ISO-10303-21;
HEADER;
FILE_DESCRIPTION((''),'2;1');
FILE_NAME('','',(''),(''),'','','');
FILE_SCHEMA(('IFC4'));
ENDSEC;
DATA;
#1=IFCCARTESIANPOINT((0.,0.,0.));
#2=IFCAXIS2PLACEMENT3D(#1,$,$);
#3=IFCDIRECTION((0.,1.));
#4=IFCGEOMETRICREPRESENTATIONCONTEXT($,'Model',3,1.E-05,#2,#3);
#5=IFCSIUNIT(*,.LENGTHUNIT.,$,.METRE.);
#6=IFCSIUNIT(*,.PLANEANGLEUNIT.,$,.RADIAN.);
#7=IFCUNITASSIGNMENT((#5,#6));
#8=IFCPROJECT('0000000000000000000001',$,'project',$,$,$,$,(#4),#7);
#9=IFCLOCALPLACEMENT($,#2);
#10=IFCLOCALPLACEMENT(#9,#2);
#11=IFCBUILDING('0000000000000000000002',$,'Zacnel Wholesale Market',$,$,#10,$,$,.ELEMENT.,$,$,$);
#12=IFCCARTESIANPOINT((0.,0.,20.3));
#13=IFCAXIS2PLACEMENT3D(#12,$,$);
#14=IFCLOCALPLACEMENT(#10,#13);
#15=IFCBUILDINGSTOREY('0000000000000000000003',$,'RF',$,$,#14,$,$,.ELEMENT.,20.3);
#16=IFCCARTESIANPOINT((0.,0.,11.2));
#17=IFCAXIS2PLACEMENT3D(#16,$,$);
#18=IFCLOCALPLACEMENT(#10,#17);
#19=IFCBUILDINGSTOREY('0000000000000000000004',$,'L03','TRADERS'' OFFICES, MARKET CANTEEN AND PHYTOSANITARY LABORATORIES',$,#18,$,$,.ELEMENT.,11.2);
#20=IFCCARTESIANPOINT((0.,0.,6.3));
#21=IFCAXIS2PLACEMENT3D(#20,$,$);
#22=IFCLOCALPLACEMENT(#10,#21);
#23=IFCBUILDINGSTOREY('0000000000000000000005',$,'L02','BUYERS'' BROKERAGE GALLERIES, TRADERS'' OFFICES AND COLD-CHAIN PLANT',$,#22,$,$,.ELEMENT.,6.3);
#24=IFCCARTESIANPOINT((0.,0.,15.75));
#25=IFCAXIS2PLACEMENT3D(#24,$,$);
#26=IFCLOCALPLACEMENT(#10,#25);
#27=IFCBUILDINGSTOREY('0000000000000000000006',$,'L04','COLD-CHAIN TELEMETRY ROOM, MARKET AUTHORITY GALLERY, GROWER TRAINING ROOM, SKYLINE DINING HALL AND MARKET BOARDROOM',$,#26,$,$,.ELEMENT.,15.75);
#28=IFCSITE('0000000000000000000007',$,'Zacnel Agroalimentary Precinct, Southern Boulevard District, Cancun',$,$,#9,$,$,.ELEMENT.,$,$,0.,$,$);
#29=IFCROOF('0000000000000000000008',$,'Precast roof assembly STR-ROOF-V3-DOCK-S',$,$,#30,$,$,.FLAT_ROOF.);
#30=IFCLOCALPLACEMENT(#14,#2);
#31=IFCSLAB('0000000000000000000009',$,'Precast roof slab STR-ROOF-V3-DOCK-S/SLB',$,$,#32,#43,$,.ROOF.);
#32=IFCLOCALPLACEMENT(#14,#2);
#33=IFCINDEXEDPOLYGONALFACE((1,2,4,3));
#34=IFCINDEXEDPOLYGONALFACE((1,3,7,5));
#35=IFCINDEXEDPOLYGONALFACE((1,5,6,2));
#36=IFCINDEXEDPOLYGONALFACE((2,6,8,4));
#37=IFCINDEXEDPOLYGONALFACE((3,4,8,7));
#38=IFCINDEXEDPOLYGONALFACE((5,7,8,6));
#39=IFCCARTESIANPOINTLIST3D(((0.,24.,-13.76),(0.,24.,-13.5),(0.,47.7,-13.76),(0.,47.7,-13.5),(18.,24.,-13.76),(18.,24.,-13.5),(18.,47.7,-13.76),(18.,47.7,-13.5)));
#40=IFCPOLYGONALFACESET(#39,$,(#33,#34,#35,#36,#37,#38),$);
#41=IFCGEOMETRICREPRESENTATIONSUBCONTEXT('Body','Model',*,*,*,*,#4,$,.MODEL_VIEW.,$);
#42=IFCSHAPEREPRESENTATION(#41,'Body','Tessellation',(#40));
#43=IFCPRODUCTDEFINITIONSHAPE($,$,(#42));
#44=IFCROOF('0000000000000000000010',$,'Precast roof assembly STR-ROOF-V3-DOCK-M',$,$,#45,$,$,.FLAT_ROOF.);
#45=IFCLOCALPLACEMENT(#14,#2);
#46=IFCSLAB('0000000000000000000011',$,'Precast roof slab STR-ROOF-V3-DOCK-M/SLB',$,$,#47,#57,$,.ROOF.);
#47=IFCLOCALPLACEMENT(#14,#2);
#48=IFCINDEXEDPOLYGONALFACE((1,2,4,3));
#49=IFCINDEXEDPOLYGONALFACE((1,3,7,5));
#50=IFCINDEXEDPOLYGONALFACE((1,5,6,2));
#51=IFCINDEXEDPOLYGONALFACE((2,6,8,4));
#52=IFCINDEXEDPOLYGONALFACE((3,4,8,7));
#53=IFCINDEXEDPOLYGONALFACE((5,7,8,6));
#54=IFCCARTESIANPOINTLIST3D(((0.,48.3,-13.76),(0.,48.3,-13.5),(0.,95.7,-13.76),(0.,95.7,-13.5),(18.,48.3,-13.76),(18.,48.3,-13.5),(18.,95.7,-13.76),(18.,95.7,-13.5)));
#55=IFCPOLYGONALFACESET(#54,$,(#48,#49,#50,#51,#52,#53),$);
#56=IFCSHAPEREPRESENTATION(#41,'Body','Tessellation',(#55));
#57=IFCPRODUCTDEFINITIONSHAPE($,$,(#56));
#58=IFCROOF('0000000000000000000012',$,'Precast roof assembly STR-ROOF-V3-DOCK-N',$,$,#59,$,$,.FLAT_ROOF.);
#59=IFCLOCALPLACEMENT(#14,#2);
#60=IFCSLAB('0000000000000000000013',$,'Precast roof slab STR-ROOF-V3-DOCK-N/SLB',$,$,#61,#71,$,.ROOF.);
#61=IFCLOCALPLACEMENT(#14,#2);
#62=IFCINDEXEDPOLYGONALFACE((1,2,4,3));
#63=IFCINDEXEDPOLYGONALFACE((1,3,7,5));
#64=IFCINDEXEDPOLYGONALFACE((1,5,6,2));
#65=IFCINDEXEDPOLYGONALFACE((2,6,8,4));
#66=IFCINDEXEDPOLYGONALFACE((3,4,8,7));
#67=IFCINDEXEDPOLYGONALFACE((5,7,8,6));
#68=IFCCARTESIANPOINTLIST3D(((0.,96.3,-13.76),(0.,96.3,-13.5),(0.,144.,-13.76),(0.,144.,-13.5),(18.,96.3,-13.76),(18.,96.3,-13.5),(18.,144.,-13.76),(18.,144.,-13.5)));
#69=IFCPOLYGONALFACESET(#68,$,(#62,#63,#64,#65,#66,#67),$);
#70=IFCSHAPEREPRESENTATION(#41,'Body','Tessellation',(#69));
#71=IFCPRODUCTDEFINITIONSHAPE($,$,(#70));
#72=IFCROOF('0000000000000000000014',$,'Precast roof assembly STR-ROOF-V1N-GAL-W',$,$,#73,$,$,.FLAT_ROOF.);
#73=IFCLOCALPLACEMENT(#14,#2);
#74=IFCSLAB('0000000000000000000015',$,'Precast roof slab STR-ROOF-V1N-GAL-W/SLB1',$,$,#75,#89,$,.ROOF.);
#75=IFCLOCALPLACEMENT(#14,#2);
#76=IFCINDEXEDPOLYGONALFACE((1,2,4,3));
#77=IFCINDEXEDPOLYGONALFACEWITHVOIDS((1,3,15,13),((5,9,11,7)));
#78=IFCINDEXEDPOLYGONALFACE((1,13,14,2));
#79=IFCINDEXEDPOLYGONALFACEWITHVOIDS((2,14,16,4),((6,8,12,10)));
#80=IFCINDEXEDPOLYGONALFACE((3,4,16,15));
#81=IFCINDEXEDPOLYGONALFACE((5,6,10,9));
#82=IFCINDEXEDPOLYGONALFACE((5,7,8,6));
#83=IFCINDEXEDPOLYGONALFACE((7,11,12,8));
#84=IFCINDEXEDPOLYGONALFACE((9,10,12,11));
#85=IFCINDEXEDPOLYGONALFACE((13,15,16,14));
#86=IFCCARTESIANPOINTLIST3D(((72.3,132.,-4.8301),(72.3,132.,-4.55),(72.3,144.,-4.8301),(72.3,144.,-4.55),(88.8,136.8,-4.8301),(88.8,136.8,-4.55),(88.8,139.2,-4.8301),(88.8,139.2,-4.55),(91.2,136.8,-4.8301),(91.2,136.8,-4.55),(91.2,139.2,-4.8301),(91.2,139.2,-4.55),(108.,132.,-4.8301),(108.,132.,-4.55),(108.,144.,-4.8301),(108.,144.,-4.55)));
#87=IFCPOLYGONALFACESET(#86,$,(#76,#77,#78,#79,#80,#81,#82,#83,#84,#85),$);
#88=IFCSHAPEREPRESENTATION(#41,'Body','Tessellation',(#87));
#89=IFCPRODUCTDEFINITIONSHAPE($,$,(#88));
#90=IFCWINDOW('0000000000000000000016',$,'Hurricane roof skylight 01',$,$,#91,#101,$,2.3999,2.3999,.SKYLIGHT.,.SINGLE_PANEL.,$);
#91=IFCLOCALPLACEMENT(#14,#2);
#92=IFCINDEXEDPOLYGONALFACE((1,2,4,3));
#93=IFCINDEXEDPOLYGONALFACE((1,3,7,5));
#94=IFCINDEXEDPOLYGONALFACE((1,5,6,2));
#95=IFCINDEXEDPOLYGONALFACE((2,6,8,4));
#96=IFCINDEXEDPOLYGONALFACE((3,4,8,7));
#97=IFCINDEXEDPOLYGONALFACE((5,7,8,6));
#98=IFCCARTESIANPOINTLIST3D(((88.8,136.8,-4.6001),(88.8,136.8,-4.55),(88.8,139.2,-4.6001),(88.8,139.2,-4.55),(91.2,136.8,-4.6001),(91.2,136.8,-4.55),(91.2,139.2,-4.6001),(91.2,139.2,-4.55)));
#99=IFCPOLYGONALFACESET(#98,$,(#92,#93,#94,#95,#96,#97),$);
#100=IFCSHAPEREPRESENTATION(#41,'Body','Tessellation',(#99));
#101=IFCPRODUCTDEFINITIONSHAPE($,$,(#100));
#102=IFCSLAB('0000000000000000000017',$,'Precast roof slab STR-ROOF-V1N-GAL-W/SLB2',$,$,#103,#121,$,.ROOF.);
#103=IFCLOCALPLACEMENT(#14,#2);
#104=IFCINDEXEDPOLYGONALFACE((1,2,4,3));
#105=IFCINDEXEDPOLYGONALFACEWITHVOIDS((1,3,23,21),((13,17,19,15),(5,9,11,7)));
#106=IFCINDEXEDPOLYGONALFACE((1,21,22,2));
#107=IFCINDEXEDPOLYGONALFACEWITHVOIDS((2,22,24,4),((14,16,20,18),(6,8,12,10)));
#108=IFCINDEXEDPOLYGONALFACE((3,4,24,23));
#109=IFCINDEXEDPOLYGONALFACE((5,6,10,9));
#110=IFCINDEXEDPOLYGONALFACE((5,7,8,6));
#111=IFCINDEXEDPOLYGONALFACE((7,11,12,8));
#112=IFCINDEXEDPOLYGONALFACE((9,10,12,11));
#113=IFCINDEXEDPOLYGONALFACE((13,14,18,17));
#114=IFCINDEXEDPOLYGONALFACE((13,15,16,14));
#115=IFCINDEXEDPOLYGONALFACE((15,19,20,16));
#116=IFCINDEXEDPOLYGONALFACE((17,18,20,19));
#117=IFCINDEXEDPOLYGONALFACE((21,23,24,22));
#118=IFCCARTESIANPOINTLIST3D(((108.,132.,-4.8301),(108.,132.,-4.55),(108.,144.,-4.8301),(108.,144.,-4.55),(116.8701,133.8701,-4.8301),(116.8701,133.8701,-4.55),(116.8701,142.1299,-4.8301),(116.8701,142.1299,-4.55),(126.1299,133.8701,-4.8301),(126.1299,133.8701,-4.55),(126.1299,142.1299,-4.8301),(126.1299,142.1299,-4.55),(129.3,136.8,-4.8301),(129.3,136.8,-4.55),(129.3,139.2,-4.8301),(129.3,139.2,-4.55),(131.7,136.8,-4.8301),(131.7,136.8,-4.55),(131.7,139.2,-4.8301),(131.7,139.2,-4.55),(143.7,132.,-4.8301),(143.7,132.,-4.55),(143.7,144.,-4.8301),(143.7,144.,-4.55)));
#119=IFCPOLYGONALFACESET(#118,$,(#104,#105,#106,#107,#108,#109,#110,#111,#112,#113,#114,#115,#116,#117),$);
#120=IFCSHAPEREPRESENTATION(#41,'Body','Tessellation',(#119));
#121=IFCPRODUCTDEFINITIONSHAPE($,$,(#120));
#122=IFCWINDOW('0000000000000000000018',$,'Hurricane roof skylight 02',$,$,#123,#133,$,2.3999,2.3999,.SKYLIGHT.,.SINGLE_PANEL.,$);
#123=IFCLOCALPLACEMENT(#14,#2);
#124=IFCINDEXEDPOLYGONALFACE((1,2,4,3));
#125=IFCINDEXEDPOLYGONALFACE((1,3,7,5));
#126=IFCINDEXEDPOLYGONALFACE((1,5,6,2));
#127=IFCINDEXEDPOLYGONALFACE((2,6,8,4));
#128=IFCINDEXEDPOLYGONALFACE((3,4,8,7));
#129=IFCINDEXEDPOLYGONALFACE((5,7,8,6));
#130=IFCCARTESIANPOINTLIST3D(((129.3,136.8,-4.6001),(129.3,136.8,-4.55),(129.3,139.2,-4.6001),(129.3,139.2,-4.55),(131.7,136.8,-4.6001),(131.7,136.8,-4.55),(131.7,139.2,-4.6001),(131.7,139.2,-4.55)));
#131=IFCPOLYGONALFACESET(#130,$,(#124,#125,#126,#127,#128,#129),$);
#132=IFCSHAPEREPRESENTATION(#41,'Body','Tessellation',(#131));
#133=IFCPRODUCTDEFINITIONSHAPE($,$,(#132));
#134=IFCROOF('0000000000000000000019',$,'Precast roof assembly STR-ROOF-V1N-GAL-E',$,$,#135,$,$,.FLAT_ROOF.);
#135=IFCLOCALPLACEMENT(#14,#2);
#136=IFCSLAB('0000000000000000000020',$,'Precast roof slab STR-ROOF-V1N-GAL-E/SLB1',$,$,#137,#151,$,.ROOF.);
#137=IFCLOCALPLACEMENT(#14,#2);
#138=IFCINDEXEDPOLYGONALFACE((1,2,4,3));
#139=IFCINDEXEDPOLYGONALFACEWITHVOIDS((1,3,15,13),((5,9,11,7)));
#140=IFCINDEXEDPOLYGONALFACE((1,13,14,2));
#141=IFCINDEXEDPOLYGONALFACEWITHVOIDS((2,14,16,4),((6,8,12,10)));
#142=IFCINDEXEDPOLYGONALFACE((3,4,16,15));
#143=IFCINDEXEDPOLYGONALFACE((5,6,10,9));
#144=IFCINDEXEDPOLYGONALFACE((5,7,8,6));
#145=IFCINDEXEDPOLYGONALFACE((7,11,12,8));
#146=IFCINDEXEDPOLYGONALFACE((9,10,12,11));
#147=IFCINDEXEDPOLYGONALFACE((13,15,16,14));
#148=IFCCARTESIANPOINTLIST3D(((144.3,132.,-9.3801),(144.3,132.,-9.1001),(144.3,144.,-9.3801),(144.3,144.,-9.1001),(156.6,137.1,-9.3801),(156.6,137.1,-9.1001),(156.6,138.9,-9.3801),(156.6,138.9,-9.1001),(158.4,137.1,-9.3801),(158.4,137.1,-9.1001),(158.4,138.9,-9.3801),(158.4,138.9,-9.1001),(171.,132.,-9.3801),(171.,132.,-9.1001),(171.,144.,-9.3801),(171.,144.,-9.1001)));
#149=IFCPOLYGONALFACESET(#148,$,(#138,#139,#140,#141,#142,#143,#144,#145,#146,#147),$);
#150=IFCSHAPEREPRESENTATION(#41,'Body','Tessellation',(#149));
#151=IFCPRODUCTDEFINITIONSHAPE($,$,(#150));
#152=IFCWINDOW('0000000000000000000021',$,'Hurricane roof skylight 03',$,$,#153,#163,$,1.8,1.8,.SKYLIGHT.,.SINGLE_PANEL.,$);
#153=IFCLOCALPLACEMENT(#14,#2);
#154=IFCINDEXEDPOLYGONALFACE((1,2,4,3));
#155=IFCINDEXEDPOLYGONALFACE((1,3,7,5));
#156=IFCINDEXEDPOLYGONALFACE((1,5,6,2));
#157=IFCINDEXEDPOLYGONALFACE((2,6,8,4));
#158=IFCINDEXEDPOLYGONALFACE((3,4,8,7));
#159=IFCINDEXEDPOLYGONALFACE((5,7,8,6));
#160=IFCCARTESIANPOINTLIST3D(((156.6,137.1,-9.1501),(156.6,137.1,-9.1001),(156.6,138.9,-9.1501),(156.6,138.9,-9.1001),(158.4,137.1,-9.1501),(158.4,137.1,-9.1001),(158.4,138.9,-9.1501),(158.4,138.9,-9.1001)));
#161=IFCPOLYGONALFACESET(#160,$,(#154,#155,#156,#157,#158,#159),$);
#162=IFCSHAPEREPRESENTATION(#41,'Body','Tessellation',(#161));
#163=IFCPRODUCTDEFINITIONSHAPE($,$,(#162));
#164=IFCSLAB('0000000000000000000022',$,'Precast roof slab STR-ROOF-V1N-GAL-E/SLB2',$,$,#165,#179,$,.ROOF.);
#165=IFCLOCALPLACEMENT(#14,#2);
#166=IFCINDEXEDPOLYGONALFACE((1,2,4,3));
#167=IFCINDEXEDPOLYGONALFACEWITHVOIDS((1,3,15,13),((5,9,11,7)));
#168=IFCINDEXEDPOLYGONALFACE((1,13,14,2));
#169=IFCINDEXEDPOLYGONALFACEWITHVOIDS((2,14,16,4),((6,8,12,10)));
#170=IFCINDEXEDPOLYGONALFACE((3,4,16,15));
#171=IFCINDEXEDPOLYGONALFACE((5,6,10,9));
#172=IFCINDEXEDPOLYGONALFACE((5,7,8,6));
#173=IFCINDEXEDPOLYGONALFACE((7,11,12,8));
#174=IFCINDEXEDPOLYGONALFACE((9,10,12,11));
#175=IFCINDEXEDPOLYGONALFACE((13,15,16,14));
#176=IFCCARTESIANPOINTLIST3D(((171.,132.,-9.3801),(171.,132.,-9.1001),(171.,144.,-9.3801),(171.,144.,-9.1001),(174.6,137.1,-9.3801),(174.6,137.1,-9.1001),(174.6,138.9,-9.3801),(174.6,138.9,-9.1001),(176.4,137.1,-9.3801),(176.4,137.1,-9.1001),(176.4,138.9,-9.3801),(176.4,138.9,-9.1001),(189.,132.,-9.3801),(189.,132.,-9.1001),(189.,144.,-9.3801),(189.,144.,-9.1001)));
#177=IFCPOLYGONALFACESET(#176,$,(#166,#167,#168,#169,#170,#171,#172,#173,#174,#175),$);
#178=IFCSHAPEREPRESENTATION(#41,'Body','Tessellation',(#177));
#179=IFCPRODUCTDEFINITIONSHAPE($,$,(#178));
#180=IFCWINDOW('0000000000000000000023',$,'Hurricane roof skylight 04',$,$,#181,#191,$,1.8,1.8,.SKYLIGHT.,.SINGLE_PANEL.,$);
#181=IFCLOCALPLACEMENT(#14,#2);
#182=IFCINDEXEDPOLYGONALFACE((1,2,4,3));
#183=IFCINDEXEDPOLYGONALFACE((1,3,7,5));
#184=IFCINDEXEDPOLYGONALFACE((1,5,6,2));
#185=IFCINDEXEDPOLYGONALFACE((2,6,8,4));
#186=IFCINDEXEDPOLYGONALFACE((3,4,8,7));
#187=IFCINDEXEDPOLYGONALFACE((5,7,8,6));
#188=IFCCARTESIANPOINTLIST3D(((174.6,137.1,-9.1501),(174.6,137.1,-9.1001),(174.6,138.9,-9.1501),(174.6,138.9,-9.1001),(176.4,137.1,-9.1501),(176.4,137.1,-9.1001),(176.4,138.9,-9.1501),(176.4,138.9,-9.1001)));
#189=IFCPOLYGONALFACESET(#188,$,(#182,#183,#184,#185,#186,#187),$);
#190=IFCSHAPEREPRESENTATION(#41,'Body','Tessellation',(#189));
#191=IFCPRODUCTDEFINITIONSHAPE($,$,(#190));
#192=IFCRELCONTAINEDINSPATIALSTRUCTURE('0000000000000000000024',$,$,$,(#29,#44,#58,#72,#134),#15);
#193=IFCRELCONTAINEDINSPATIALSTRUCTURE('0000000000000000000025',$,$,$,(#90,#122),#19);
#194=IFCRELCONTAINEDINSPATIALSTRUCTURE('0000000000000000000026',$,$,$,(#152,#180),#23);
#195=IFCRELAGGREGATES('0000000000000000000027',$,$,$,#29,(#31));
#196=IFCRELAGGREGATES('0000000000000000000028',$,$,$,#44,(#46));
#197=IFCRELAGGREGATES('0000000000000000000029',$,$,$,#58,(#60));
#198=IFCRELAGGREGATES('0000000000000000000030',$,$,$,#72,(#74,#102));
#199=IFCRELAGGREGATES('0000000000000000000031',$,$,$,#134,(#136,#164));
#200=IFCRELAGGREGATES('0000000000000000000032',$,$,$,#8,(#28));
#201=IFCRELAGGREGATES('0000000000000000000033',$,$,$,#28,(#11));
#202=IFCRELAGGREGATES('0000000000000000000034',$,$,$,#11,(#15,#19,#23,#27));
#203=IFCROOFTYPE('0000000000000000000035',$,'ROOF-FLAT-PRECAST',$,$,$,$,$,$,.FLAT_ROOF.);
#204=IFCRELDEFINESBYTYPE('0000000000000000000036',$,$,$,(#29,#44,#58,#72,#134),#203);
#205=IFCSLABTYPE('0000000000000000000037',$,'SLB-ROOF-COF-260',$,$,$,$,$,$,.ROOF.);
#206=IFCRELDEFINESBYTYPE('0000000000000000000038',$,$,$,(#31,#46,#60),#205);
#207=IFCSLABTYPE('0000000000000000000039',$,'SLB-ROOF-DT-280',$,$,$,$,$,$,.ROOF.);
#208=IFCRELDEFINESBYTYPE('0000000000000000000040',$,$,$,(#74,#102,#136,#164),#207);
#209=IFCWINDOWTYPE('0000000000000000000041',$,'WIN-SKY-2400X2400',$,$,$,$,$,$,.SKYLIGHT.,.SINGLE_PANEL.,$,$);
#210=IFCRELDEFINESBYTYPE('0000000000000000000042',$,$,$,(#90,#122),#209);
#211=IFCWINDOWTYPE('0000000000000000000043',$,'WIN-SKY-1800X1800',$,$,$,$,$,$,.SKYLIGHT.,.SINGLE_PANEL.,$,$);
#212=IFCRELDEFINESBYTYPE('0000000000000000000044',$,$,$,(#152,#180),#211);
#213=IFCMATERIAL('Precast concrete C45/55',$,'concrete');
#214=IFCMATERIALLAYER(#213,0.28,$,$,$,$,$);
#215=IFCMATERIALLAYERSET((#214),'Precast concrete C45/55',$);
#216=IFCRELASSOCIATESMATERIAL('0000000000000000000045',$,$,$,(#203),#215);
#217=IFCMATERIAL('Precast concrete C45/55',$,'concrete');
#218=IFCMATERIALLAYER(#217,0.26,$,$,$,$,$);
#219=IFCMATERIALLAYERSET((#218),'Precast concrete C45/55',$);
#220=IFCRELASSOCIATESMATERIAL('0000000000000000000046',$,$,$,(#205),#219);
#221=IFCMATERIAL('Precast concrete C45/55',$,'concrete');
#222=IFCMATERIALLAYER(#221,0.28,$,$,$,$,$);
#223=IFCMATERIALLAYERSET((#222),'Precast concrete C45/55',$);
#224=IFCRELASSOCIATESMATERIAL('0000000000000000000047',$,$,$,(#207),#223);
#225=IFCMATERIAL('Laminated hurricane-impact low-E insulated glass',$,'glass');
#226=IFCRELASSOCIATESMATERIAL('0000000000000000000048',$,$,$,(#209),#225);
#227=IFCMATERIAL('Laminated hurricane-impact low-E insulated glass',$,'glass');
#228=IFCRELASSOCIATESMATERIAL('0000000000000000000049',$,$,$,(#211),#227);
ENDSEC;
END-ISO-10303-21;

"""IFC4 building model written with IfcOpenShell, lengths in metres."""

from ifc_helpers import new_model, si_unit, direction, frame, origin, origin_2d, place, context, subcontext, project, spatial, polyline, rectangle, outline, extrude, material, layer, layer_set, type_object, element, fill, aggregate, save


model = new_model("IFC4")

# Units and contexts
model_context = context("Model", 3, precision=1e-05, world=origin(), true_north=direction((0.0, 1.0)))
body_context = subcontext(model_context, "Body", "Model", "MODEL_VIEW")
ifc_project = project(units=[si_unit("LENGTHUNIT", "METRE"), si_unit("PLANEANGLEUNIT", "RADIAN")], contexts=[model_context])

# Site, building, storey
site_placement = place(None, origin())
site = spatial("IfcSite", under=ifc_project, at=site_placement, Name="Zacnel Agroalimentary Precinct, Southern Boulevard District, Cancun", CompositionType="ELEMENT", RefElevation=0.0)
building_placement = place(site_placement, origin())
building = spatial("IfcBuilding", under=site, at=building_placement, Name="Zacnel Wholesale Market", CompositionType="ELEMENT")
storey_1_placement = place(building_placement, frame((0.0, 0.0, 20.3)))
storey_1 = spatial("IfcBuildingStorey", under=building, at=storey_1_placement, Name="RF", CompositionType="ELEMENT", Elevation=20.3)

# Roofs, slabs
ifc_material_1 = material(Name="Precast concrete C45/55", Category="concrete")
ifc_layer_1 = layer(ifc_material_1, 0.28)
ifc_layer_set_1 = layer_set([ifc_layer_1], Name="Precast concrete C45/55")
roof_type = type_object("IfcRoofType", Name="ROOF-FLAT-PRECAST", PredefinedType="FLAT_ROOF", material=ifc_layer_set_1)
roof_1_placement = place(storey_1_placement, origin())
roof_1 = element("IfcRoof", 1, at=roof_1_placement, inside=storey_1, type_object=roof_type, Name="Precast roof assembly STR-ROOF-V3-DOCK-S", PredefinedType="FLAT_ROOF")
ifc_material_2 = material(Name="Precast concrete C45/55", Category="concrete")
ifc_layer_2 = layer(ifc_material_2, 0.26)
ifc_layer_set_2 = layer_set([ifc_layer_2], Name="Precast concrete C45/55")
slab_type_1 = type_object("IfcSlabType", Name="SLB-ROOF-COF-260", PredefinedType="ROOF", material=ifc_layer_set_2)
slab_1_placement = place(storey_1_placement, frame((0.0, 0.0, -13.76)))
slab_1 = element("IfcSlab", 2, at=slab_1_placement, type_object=slab_type_1, Name="Precast roof slab STR-ROOF-V3-DOCK-S/SLB", PredefinedType="ROOF", context=body_context, shape_type="SweptSolid", body=[
    extrude(outline(polyline([(18.0, 24.0), (18.0, 47.7), (0.0, 47.7), (0.0, 24.0), (18.0, 24.0)])), origin(), (0.0, 0.0, 1.0), 0.26),
])
aggregate(roof_1, [slab_1])
roof_2_placement = place(storey_1_placement, origin())
roof_2 = element("IfcRoof", 3, at=roof_2_placement, inside=storey_1, type_object=roof_type, Name="Precast roof assembly STR-ROOF-V3-DOCK-M", PredefinedType="FLAT_ROOF")
slab_2_placement = place(storey_1_placement, frame((0.0, 0.0, -13.76)))
slab_2 = element("IfcSlab", 4, at=slab_2_placement, type_object=slab_type_1, Name="Precast roof slab STR-ROOF-V3-DOCK-M/SLB", PredefinedType="ROOF", context=body_context, shape_type="SweptSolid", body=[
    extrude(outline(polyline([(18.0, 48.3), (18.0, 95.7), (0.0, 95.7), (0.0, 48.3), (18.0, 48.3)])), origin(), (0.0, 0.0, 1.0), 0.26),
])
aggregate(roof_2, [slab_2])
roof_3_placement = place(storey_1_placement, origin())
roof_3 = element("IfcRoof", 5, at=roof_3_placement, inside=storey_1, type_object=roof_type, Name="Precast roof assembly STR-ROOF-V3-DOCK-N", PredefinedType="FLAT_ROOF")
slab_3_placement = place(storey_1_placement, frame((0.0, 0.0, -13.76)))
slab_3 = element("IfcSlab", 6, at=slab_3_placement, type_object=slab_type_1, Name="Precast roof slab STR-ROOF-V3-DOCK-N/SLB", PredefinedType="ROOF", context=body_context, shape_type="SweptSolid", body=[
    extrude(outline(polyline([(18.0, 96.3), (18.0, 144.0), (0.0, 144.0), (0.0, 96.3), (18.0, 96.3)])), origin(), (0.0, 0.0, 1.0), 0.26),
])
aggregate(roof_3, [slab_3])

# Roof, slab, opening
roof_4_placement = place(storey_1_placement, origin())
roof_4 = element("IfcRoof", 7, at=roof_4_placement, inside=storey_1, type_object=roof_type, Name="Precast roof assembly STR-ROOF-V1N-GAL-W", PredefinedType="FLAT_ROOF")
ifc_material_3 = material(Name="Precast concrete C45/55", Category="concrete")
ifc_layer_3 = layer(ifc_material_3, 0.28)
ifc_layer_set_3 = layer_set([ifc_layer_3], Name="Precast concrete C45/55")
slab_type_2 = type_object("IfcSlabType", Name="SLB-ROOF-DT-280", PredefinedType="ROOF", material=ifc_layer_set_3)
slab_4_placement = place(storey_1_placement, frame((0.0, 0.0, -4.8301)))
slab_4 = element("IfcSlab", 8, at=slab_4_placement, type_object=slab_type_2, Name="Precast roof slab STR-ROOF-V1N-GAL-W/SLB1", PredefinedType="ROOF", context=body_context, shape_type="SweptSolid", body=[
    extrude(outline(polyline([(72.3, 144.0), (108.0, 144.0), (108.0, 132.0), (72.3, 132.0), (72.3, 144.0)])), origin(), (0.0, 0.0, 1.0), 0.28),
])
opening_1_placement = place(slab_4_placement, frame((90.0, 138.0, 0.0)))
opening_1 = element("IfcOpeningElement", 9, at=opening_1_placement, cuts=slab_4, PredefinedType="OPENING", context=body_context, shape_type="SweptSolid", body=[
    extrude(rectangle(XDim=2.3999, YDim=2.3999, at=origin_2d()), frame((0.0, 0.0, -0.01)), (0.0, 0.0, 1.0), 0.3),
])

# Shared definitions
storey_2_placement = place(building_placement, frame((0.0, 0.0, 11.2)))
storey_2 = spatial("IfcBuildingStorey", under=building, at=storey_2_placement, Name="L03", Description="TRADERS' OFFICES, MARKET CANTEEN AND PHYTOSANITARY LABORATORIES", CompositionType="ELEMENT", Elevation=11.2)

# Window
ifc_material_4 = material(Name="Laminated hurricane-impact low-E insulated glass", Category="glass")
window_type_1 = type_object("IfcWindowType", Name="WIN-SKY-2400X2400", PartitioningType="SINGLE_PANEL", PredefinedType="SKYLIGHT", material=ifc_material_4)
window_1_placement = place(opening_1_placement, frame((0.0, 0.0, 0.23)))
window_1 = element("IfcWindow", 10, at=window_1_placement, inside=storey_2, type_object=window_type_1, Name="Hurricane roof skylight 01", OverallHeight=2.3999, OverallWidth=2.3999, PartitioningType="SINGLE_PANEL", PredefinedType="SKYLIGHT", context=body_context, shape_type="SweptSolid", body=[
    extrude(rectangle(XDim=2.3999, YDim=2.3999, at=origin_2d()), origin(), (0.0, 0.0, 1.0), 0.05),
])
fill(opening_1, window_1)

# Slab, opening, window
slab_5_placement = place(storey_1_placement, frame((0.0, 0.0, -4.8301)))
slab_5 = element("IfcSlab", 11, at=slab_5_placement, type_object=slab_type_2, Name="Precast roof slab STR-ROOF-V1N-GAL-W/SLB2", PredefinedType="ROOF", context=body_context, shape_type="SweptSolid", body=[
    extrude(outline(polyline([(143.7, 144.0), (143.7, 132.0), (108.0, 132.0), (108.0, 144.0), (143.7, 144.0)]), holes=[polyline([(116.8701, 142.1299), (116.8701, 133.8701), (126.1299, 133.8701), (126.1299, 142.1299), (116.8701, 142.1299)])]), origin(), (0.0, 0.0, 1.0), 0.28),
])
opening_2_placement = place(slab_5_placement, frame((130.5, 138.0, 0.0)))
opening_2 = element("IfcOpeningElement", 12, at=opening_2_placement, cuts=slab_5, PredefinedType="OPENING", context=body_context, shape_type="SweptSolid", body=[
    extrude(rectangle(XDim=2.3999, YDim=2.3999, at=origin_2d()), frame((0.0, 0.0, -0.01)), (0.0, 0.0, 1.0), 0.3),
])
window_2_placement = place(opening_2_placement, frame((0.0, 0.0, 0.23)))
window_2 = element("IfcWindow", 13, at=window_2_placement, inside=storey_2, type_object=window_type_1, Name="Hurricane roof skylight 02", OverallHeight=2.3999, OverallWidth=2.3999, PartitioningType="SINGLE_PANEL", PredefinedType="SKYLIGHT", context=body_context, shape_type="SweptSolid", body=[
    extrude(rectangle(XDim=2.3999, YDim=2.3999, at=origin_2d()), origin(), (0.0, 0.0, 1.0), 0.05),
])
fill(opening_2, window_2)
aggregate(roof_4, [slab_4, slab_5])

# Roof, slab, opening
roof_5_placement = place(storey_1_placement, origin())
roof_5 = element("IfcRoof", 14, at=roof_5_placement, inside=storey_1, type_object=roof_type, Name="Precast roof assembly STR-ROOF-V1N-GAL-E", PredefinedType="FLAT_ROOF")
slab_6_placement = place(storey_1_placement, frame((0.0, 0.0, -9.3801)))
slab_6 = element("IfcSlab", 15, at=slab_6_placement, type_object=slab_type_2, Name="Precast roof slab STR-ROOF-V1N-GAL-E/SLB1", PredefinedType="ROOF", context=body_context, shape_type="SweptSolid", body=[
    extrude(outline(polyline([(171.0, 144.0), (171.0, 132.0), (144.3, 132.0), (144.3, 144.0), (171.0, 144.0)])), origin(), (0.0, 0.0, 1.0), 0.28),
])
opening_3_placement = place(slab_6_placement, frame((157.5, 138.0, 0.0)))
opening_3 = element("IfcOpeningElement", 16, at=opening_3_placement, cuts=slab_6, PredefinedType="OPENING", context=body_context, shape_type="SweptSolid", body=[
    extrude(rectangle(XDim=1.8, YDim=1.8, at=origin_2d()), frame((0.0, 0.0, -0.01)), (0.0, 0.0, 1.0), 0.3),
])

# Shared definitions
storey_3_placement = place(building_placement, frame((0.0, 0.0, 6.3)))
storey_3 = spatial("IfcBuildingStorey", under=building, at=storey_3_placement, Name="L02", Description="BUYERS' BROKERAGE GALLERIES, TRADERS' OFFICES AND COLD-CHAIN PLANT", CompositionType="ELEMENT", Elevation=6.3)

# Window
ifc_material_5 = material(Name="Laminated hurricane-impact low-E insulated glass", Category="glass")
window_type_2 = type_object("IfcWindowType", Name="WIN-SKY-1800X1800", PartitioningType="SINGLE_PANEL", PredefinedType="SKYLIGHT", material=ifc_material_5)
window_3_placement = place(opening_3_placement, frame((0.0, 0.0, 0.23)))
window_3 = element("IfcWindow", 17, at=window_3_placement, inside=storey_3, type_object=window_type_2, Name="Hurricane roof skylight 03", OverallHeight=1.8, OverallWidth=1.8, PartitioningType="SINGLE_PANEL", PredefinedType="SKYLIGHT", context=body_context, shape_type="SweptSolid", body=[
    extrude(rectangle(XDim=1.8, YDim=1.8, at=origin_2d()), origin(), (0.0, 0.0, 1.0), 0.05),
])
fill(opening_3, window_3)

# Slab, opening, window
slab_7_placement = place(storey_1_placement, frame((0.0, 0.0, -9.3801)))
slab_7 = element("IfcSlab", 18, at=slab_7_placement, type_object=slab_type_2, Name="Precast roof slab STR-ROOF-V1N-GAL-E/SLB2", PredefinedType="ROOF", context=body_context, shape_type="SweptSolid", body=[
    extrude(outline(polyline([(189.0, 132.0), (171.0, 132.0), (171.0, 144.0), (189.0, 144.0), (189.0, 132.0)])), origin(), (0.0, 0.0, 1.0), 0.28),
])
opening_4_placement = place(slab_7_placement, frame((175.5, 138.0, 0.0)))
opening_4 = element("IfcOpeningElement", 19, at=opening_4_placement, cuts=slab_7, PredefinedType="OPENING", context=body_context, shape_type="SweptSolid", body=[
    extrude(rectangle(XDim=1.8, YDim=1.8, at=origin_2d()), frame((0.0, 0.0, -0.01)), (0.0, 0.0, 1.0), 0.3),
])
window_4_placement = place(opening_4_placement, frame((0.0, 0.0, 0.23)))
window_4 = element("IfcWindow", 20, at=window_4_placement, inside=storey_3, type_object=window_type_2, Name="Hurricane roof skylight 04", OverallHeight=1.8, OverallWidth=1.8, PartitioningType="SINGLE_PANEL", PredefinedType="SKYLIGHT", context=body_context, shape_type="SweptSolid", body=[
    extrude(rectangle(XDim=1.8, YDim=1.8, at=origin_2d()), origin(), (0.0, 0.0, 1.0), 0.05),
])
fill(opening_4, window_4)
aggregate(roof_5, [slab_6, slab_7])

# Shared definitions
storey_4_placement = place(building_placement, frame((0.0, 0.0, 15.75)))
storey_4 = spatial("IfcBuildingStorey", under=building, at=storey_4_placement, Name="L04", Description="COLD-CHAIN TELEMETRY ROOM, MARKET AUTHORITY GALLERY, GROWER TRAINING ROOM, SKYLINE DINING HALL AND MARKET BOARDROOM", CompositionType="ELEMENT", Elevation=15.75)

save(model, "model.ifc")
